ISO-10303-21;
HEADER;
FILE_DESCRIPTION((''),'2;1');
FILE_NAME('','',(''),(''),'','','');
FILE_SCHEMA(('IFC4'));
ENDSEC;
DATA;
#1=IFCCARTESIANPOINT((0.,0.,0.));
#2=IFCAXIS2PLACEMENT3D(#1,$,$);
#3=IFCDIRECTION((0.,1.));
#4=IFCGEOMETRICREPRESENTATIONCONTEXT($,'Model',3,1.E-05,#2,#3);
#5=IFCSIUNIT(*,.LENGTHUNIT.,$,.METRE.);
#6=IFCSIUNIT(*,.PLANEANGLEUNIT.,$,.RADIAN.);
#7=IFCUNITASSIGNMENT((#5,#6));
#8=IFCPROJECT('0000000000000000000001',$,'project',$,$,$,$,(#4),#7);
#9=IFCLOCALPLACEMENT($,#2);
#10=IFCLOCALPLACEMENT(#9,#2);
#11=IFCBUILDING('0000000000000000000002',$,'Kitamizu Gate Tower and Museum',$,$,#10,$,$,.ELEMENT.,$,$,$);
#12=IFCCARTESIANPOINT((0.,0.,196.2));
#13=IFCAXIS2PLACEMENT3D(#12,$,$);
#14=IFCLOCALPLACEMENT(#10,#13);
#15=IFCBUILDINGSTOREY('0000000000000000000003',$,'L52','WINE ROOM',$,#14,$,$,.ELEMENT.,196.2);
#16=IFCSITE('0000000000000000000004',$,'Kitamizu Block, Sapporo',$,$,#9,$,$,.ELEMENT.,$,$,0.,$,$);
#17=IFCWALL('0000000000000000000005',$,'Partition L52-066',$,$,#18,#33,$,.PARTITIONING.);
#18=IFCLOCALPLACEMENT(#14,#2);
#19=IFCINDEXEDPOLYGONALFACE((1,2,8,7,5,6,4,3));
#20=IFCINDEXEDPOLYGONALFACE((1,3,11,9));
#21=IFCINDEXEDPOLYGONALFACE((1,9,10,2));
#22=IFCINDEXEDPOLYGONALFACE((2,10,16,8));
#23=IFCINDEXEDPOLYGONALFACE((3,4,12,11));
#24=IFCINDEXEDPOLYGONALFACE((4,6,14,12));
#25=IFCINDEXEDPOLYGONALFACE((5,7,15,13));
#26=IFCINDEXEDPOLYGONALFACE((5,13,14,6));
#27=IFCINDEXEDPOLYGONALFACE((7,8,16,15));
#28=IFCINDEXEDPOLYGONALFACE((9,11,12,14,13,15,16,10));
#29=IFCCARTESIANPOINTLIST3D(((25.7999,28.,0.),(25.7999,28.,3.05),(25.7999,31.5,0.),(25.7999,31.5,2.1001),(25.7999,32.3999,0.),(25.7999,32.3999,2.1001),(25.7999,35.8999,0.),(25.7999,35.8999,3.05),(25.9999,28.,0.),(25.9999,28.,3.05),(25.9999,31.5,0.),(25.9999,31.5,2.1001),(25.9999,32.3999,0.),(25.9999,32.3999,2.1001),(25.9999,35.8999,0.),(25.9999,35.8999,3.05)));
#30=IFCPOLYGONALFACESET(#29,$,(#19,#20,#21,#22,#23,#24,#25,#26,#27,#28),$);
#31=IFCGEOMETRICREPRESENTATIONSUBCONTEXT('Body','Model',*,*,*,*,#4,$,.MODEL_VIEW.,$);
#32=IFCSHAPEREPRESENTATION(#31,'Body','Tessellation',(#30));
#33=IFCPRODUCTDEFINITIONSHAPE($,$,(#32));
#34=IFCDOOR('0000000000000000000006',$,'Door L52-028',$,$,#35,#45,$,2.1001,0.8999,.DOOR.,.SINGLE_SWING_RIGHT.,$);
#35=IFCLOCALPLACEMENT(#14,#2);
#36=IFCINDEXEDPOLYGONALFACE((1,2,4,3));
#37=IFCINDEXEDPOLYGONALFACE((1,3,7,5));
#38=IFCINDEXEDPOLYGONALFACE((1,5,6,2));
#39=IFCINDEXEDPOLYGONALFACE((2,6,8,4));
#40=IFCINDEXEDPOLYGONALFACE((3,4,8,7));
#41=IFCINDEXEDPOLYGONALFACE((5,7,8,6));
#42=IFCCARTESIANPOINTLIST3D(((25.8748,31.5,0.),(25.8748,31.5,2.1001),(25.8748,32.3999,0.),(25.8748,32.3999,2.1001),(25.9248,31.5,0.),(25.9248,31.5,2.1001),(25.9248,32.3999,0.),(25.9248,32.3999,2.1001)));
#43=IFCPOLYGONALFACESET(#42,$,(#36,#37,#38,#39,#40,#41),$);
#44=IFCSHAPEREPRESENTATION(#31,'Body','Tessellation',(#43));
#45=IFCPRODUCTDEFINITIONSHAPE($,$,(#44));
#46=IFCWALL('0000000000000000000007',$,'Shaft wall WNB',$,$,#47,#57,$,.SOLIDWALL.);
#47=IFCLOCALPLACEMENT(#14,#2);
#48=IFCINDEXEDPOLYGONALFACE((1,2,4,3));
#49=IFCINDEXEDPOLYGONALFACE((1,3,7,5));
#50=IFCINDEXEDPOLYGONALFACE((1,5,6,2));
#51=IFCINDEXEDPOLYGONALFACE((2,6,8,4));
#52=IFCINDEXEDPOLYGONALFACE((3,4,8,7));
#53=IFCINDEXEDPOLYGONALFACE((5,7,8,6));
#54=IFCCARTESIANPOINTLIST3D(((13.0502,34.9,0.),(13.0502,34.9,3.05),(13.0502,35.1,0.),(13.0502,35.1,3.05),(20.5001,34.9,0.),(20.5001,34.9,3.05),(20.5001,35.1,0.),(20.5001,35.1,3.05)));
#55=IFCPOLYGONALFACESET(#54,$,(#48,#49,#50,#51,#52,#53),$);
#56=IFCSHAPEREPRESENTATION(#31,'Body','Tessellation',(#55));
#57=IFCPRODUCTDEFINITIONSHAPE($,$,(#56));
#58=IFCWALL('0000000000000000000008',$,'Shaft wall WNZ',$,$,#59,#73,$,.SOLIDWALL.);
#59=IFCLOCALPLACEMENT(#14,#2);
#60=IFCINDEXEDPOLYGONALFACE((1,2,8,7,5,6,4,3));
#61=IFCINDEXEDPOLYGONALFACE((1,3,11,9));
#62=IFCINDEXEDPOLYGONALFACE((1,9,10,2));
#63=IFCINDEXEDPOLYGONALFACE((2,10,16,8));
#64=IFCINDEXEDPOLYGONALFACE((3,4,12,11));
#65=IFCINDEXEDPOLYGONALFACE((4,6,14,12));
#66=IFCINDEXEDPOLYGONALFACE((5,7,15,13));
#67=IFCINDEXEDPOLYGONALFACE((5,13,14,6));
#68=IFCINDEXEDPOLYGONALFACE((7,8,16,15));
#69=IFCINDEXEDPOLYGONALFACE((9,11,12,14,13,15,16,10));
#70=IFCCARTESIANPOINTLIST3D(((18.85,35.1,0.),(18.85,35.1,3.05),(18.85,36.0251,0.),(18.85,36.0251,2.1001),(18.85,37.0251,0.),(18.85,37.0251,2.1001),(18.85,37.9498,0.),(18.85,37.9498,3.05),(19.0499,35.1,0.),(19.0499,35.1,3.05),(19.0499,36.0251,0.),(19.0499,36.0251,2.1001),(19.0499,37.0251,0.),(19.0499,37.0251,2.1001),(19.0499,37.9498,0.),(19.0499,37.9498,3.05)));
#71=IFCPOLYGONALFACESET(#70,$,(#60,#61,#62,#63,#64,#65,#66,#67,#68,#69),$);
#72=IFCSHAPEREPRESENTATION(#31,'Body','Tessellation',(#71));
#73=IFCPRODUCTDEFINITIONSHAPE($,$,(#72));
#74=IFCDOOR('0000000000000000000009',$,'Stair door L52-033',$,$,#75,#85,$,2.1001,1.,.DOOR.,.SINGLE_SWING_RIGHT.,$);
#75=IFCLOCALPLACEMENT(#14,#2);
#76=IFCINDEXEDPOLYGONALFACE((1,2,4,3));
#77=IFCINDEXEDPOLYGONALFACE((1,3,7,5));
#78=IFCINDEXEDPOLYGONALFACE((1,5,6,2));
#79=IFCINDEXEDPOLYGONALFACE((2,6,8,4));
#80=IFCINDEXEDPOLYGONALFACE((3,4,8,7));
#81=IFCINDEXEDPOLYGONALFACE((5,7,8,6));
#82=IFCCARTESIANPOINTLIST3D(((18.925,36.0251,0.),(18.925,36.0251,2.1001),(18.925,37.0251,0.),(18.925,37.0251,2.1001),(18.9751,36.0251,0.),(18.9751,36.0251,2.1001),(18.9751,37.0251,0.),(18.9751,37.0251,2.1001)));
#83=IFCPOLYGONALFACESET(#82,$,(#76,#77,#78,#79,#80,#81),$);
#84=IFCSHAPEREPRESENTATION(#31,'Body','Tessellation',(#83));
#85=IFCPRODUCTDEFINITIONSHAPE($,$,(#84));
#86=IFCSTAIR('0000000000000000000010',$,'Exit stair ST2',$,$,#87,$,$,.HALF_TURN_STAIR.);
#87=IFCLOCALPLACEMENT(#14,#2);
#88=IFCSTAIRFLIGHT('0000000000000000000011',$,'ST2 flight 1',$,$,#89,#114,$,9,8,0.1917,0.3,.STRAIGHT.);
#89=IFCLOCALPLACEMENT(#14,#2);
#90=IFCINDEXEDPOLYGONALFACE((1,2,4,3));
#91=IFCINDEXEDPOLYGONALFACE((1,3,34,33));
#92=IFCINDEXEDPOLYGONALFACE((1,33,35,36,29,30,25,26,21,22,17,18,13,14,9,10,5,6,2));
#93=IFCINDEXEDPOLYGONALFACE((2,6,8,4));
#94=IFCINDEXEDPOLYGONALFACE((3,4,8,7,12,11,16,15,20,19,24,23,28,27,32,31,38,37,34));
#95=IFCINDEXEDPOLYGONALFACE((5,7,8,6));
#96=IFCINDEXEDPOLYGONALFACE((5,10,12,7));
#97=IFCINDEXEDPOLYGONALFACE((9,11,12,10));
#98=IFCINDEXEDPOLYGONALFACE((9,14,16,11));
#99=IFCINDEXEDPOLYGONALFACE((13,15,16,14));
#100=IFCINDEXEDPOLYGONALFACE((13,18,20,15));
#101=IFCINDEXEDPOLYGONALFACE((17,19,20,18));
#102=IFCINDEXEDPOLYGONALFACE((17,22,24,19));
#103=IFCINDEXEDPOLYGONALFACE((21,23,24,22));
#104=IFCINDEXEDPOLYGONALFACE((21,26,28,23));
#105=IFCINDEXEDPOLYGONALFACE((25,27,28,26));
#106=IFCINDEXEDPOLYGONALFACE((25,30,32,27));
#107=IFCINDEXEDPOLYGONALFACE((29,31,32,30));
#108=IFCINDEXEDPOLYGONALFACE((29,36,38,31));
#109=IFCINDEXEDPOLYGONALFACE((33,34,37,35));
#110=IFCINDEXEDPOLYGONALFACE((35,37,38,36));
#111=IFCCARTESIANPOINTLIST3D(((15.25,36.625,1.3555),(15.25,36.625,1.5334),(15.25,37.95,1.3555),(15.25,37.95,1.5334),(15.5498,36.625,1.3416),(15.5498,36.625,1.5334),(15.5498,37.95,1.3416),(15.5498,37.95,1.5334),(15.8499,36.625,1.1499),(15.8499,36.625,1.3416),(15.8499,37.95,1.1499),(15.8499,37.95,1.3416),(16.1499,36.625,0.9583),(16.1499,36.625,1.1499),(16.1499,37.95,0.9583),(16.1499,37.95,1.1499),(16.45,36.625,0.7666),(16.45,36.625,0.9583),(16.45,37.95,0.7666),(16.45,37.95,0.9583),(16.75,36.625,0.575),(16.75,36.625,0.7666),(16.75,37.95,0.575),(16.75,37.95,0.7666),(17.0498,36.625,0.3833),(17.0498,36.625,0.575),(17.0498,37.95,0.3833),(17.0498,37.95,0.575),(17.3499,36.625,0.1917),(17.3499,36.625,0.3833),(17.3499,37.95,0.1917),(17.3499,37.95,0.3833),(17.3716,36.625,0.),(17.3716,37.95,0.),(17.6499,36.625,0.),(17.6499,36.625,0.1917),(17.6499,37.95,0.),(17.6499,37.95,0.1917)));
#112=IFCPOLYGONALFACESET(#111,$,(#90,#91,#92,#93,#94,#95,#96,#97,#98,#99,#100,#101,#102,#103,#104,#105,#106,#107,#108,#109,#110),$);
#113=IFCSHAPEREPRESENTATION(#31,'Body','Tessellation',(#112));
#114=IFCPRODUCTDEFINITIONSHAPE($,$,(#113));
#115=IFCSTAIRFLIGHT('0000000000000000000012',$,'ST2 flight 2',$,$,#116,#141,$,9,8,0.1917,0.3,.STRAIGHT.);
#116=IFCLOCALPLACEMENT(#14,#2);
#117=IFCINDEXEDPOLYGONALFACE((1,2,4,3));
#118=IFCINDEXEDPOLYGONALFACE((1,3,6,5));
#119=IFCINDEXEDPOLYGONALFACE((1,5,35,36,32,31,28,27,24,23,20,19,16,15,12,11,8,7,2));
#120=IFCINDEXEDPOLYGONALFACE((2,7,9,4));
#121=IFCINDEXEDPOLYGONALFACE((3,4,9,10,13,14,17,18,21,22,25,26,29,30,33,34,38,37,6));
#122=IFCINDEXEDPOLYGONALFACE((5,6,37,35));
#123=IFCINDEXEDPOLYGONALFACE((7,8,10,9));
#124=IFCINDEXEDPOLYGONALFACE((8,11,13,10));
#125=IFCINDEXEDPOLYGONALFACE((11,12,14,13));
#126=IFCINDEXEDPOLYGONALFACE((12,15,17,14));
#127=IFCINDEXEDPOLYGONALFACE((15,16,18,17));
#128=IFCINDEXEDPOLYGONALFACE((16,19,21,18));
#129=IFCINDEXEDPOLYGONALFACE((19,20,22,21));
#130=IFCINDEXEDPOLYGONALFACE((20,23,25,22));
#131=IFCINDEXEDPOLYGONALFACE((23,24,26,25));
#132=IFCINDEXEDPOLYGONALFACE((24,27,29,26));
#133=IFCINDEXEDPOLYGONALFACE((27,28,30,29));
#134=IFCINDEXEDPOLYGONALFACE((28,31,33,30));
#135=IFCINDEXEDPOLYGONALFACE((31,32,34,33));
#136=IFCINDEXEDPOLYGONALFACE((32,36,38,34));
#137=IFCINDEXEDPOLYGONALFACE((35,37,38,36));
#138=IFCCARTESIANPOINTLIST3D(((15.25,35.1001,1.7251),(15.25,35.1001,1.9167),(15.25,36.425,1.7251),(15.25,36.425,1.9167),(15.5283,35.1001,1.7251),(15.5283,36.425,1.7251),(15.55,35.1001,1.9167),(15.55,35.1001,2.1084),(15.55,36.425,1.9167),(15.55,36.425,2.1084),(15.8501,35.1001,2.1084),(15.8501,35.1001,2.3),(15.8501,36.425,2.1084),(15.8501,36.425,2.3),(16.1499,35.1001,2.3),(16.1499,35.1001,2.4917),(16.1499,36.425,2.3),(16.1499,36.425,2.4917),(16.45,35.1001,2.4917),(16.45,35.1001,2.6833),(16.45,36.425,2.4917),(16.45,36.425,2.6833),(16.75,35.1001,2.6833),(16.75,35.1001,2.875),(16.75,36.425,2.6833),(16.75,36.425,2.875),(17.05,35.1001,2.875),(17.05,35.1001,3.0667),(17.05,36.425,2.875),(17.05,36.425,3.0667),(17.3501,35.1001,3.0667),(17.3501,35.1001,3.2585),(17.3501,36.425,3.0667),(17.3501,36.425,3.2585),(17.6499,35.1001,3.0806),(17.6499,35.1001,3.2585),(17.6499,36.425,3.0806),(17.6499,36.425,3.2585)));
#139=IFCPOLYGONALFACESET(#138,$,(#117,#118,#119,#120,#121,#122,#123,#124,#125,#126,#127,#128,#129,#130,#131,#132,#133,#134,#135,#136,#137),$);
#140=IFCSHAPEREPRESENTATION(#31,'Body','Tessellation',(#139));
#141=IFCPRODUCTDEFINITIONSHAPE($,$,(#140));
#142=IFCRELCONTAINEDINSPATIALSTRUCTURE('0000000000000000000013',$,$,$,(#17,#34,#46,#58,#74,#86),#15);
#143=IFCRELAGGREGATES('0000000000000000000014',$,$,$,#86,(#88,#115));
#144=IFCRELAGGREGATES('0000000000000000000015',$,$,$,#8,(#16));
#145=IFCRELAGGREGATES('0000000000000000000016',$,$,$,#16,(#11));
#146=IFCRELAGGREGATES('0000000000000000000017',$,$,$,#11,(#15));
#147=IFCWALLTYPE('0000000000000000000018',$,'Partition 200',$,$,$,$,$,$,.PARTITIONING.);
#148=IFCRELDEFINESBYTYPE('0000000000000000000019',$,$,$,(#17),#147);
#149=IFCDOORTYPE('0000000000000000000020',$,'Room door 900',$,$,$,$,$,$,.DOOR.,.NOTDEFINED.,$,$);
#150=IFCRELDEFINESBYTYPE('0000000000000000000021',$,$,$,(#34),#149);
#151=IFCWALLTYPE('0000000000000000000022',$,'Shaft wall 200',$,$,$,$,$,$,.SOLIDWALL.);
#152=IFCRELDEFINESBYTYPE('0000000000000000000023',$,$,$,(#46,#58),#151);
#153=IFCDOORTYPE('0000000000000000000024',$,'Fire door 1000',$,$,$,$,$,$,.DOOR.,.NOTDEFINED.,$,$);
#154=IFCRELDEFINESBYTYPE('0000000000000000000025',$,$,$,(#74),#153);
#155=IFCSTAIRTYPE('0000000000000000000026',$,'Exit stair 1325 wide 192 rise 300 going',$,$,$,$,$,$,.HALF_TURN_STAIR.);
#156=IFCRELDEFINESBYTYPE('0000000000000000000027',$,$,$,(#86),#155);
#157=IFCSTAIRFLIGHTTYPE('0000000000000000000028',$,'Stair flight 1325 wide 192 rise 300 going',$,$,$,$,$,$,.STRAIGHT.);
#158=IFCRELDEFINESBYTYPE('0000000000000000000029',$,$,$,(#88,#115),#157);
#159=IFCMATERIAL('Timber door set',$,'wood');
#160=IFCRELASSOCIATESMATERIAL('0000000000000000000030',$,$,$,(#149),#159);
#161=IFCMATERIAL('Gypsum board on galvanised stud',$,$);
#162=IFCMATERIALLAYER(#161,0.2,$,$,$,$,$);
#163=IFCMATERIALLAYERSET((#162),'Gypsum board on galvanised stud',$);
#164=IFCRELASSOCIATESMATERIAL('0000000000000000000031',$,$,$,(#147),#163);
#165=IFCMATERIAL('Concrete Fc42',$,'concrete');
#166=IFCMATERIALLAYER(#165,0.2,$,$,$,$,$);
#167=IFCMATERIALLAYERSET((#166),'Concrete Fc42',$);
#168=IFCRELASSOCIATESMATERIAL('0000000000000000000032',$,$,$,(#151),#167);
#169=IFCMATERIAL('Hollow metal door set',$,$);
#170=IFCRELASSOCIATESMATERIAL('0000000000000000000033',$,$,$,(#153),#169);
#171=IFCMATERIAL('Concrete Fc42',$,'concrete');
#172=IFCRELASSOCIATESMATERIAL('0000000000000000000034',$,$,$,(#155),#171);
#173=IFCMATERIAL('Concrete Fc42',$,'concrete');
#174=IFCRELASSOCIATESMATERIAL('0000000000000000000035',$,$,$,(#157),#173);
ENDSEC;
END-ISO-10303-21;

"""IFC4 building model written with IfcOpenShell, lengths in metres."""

from ifc_helpers import new_model, si_unit, direction, frame, frame_2d, origin, place, context, subcontext, project, spatial, polyline, rectangle, outline, extrude, material, layer, layer_set, type_object, element, fill, aggregate, save


model = new_model("IFC4")

# Units and contexts
model_context = context("Model", 3, precision=1e-05, world=origin(), true_north=direction((0.0, 1.0)))
body_context = subcontext(model_context, "Body", "Model", "MODEL_VIEW")
ifc_project = project(units=[si_unit("LENGTHUNIT", "METRE"), si_unit("PLANEANGLEUNIT", "RADIAN")], contexts=[model_context])

# Site, building, storey
site_placement = place(None, origin())
site = spatial("IfcSite", under=ifc_project, at=site_placement, Name="Kitamizu Block, Sapporo", CompositionType="ELEMENT", RefElevation=0.0)
building_placement = place(site_placement, origin())
building = spatial("IfcBuilding", under=site, at=building_placement, Name="Kitamizu Gate Tower and Museum", CompositionType="ELEMENT")
storey_placement = place(building_placement, frame((0.0, 0.0, 196.2)))
storey = spatial("IfcBuildingStorey", under=building, at=storey_placement, Name="L52", Description="WINE ROOM", CompositionType="ELEMENT", Elevation=196.2)

# Shared definitions
ifc_material_1 = material(Name="Timber door set", Category="wood")
door_type_1 = type_object("IfcDoorType", Name="Room door 900", OperationType="NOTDEFINED", PredefinedType="DOOR", material=ifc_material_1)

# Shared definitions
ifc_material_2 = material(Name="Gypsum board on galvanised stud")
ifc_layer_1 = layer(ifc_material_2, 0.2)
ifc_layer_set_1 = layer_set([ifc_layer_1], Name="Gypsum board on galvanised stud")
wall_type_1 = type_object("IfcWallType", Name="Partition 200", PredefinedType="PARTITIONING", material=ifc_layer_set_1)

# Wall, opening, door
wall_1_placement = place(storey_placement, frame((25.8999, 35.8999, 0.0), z_axis=(0.0, 0.0, 1.0), x_axis=(0.0, -1.0, 0.0)))
wall_1 = element("IfcWall", 1, at=wall_1_placement, inside=storey, type_object=wall_type_1, Name="Partition L52-066", PredefinedType="PARTITIONING", context=body_context, shape_type="SweptSolid", body=[
    extrude(rectangle(XDim=7.8999, YDim=0.2, at=frame_2d((3.95, 0.0))), origin(), (0.0, 0.0, 1.0), 3.05),
])
opening_1_placement = place(wall_1_placement, frame((3.5, 0.0, 0.0)))
opening_1 = element("IfcOpeningElement", 2, at=opening_1_placement, cuts=wall_1, PredefinedType="OPENING", context=body_context, shape_type="SweptSolid", body=[
    extrude(rectangle(XDim=0.8999, YDim=2.1001, at=frame_2d((0.45, 1.05))), frame((0.0, 0.1099, 0.0), z_axis=(0.0, -1.0, 0.0), x_axis=(1.0, 0.0, 0.0)), (0.0, 0.0, 1.0), 0.22),
])
door_1_placement = place(opening_1_placement, origin())
door_1 = element("IfcDoor", 3, at=door_1_placement, inside=storey, type_object=door_type_1, Name="Door L52-028", OperationType="SINGLE_SWING_RIGHT", OverallHeight=2.1001, OverallWidth=0.8999, PredefinedType="DOOR", context=body_context, shape_type="SweptSolid", body=[
    extrude(rectangle(XDim=0.8999, YDim=2.1001, at=frame_2d((0.45, 1.05))), frame((0.0, 0.0249, 0.0), z_axis=(0.0, -1.0, 0.0), x_axis=(1.0, 0.0, 0.0)), (0.0, 0.0, 1.0), 0.05),
])
fill(opening_1, door_1)

# Wall
ifc_material_3 = material(Name="Concrete Fc42", Category="concrete")
ifc_layer_2 = layer(ifc_material_3, 0.2)
ifc_layer_set_2 = layer_set([ifc_layer_2], Name="Concrete Fc42")
wall_type_2 = type_object("IfcWallType", Name="Shaft wall 200", PredefinedType="SOLIDWALL", material=ifc_layer_set_2)
wall_2_placement = place(storey_placement, frame((13.05, 35.0, 0.0), z_axis=(0.0, 0.0, 1.0), x_axis=(1.0, 0.0, 0.0)))
element("IfcWall", 4, at=wall_2_placement, inside=storey, type_object=wall_type_2, Name="Shaft wall WNB", PredefinedType="SOLIDWALL", context=body_context, shape_type="SweptSolid", body=[
    extrude(rectangle(XDim=7.45, YDim=0.2, at=frame_2d((3.7251, 0.0))), origin(), (0.0, 0.0, 1.0), 3.05),
])

# Wall, opening, door
wall_3_placement = place(storey_placement, frame((18.95, 35.1001, 0.0), z_axis=(0.0, 0.0, 1.0), x_axis=(0.0, 1.0, 0.0)))
wall_3 = element("IfcWall", 5, at=wall_3_placement, inside=storey, type_object=wall_type_2, Name="Shaft wall WNZ", PredefinedType="SOLIDWALL", context=body_context, shape_type="SweptSolid", body=[
    extrude(rectangle(XDim=2.8499, YDim=0.2, at=frame_2d((1.4248, 0.0))), origin(), (0.0, 0.0, 1.0), 3.05),
])
opening_2_placement = place(wall_3_placement, frame((0.925, 0.0, 0.0)))
opening_2 = element("IfcOpeningElement", 6, at=opening_2_placement, cuts=wall_3, PredefinedType="OPENING", context=body_context, shape_type="SweptSolid", body=[
    extrude(rectangle(XDim=1.0, YDim=2.1001, at=frame_2d((0.5, 1.05))), frame((0.0, 0.1099, 0.0), z_axis=(0.0, -1.0, 0.0), x_axis=(1.0, 0.0, 0.0)), (0.0, 0.0, 1.0), 0.22),
])
ifc_material_4 = material(Name="Hollow metal door set")
door_type_2 = type_object("IfcDoorType", Name="Fire door 1000", OperationType="NOTDEFINED", PredefinedType="DOOR", material=ifc_material_4)
door_2_placement = place(opening_2_placement, origin())
door_2 = element("IfcDoor", 7, at=door_2_placement, inside=storey, type_object=door_type_2, Name="Stair door L52-033", OperationType="SINGLE_SWING_RIGHT", OverallHeight=2.1001, OverallWidth=1.0, PredefinedType="DOOR", context=body_context, shape_type="SweptSolid", body=[
    extrude(rectangle(XDim=1.0, YDim=2.1001, at=frame_2d((0.5, 1.05))), frame((0.0, 0.0249, 0.0), z_axis=(0.0, -1.0, 0.0), x_axis=(1.0, 0.0, 0.0)), (0.0, 0.0, 1.0), 0.05),
])
fill(opening_2, door_2)

# Stair, stair flights
ifc_material_5 = material(Name="Concrete Fc42", Category="concrete")
stair_type = type_object("IfcStairType", Name="Exit stair 1325 wide 192 rise 300 going", PredefinedType="HALF_TURN_STAIR", material=ifc_material_5)
stair_placement = place(storey_placement, origin())
stair = element("IfcStair", 8, at=stair_placement, inside=storey, type_object=stair_type, Name="Exit stair ST2", PredefinedType="HALF_TURN_STAIR")
ifc_material_6 = material(Name="Concrete Fc42", Category="concrete")
stair_flight_type = type_object("IfcStairFlightType", Name="Stair flight 1325 wide 192 rise 300 going", PredefinedType="STRAIGHT", material=ifc_material_6)
stair_flight_1_placement = place(storey_placement, frame((17.6499, 37.2876, 0.0), z_axis=(0.0, 0.0, 1.0), x_axis=(-1.0, 0.0, 0.0)))
stair_flight_1 = element("IfcStairFlight", 9, at=stair_flight_1_placement, type_object=stair_flight_type, Name="ST2 flight 1", NumberOfRisers=9, NumberOfTreads=8, PredefinedType="STRAIGHT", RiserHeight=0.1917, TreadLength=0.3, context=body_context, shape_type="SweptSolid", body=[
    extrude(outline(polyline([(0.0, 0.0), (0.0, 0.1917), (0.3, 0.1917), (0.3, 0.3833), (0.6001, 0.3833), (0.6001, 0.575), (0.8999, 0.575), (0.8999, 0.7666), (1.2, 0.7666), (1.2, 0.9583), (1.5, 0.9583), (1.5, 1.1499), (1.8, 1.1499), (1.8, 1.3416), (2.1001, 1.3416), (2.1001, 1.5334), (2.3999, 1.5334), (2.3999, 1.7251), (2.3999, 1.3555), (0.2783, 0.0), (0.0, 0.0)])), frame((0.0, 0.6626, 0.0), z_axis=(0.0, -1.0, 0.0), x_axis=(1.0, 0.0, 0.0)), (0.0, 0.0, 1.0), 1.325),
])
stair_flight_2_placement = place(storey_placement, frame((15.25, 35.7625, 1.7251), z_axis=(0.0, 0.0, 1.0), x_axis=(1.0, 0.0, 0.0)))
stair_flight_2 = element("IfcStairFlight", 10, at=stair_flight_2_placement, type_object=stair_flight_type, Name="ST2 flight 2", NumberOfRisers=9, NumberOfTreads=8, PredefinedType="STRAIGHT", RiserHeight=0.1917, TreadLength=0.3, context=body_context, shape_type="SweptSolid", body=[
    extrude(outline(polyline([(0.0, 0.0), (0.0, 0.1917), (0.3, 0.1917), (0.3, 0.3833), (0.6001, 0.3833), (0.6001, 0.575), (0.8999, 0.575), (0.8999, 0.7666), (1.2, 0.7666), (1.2, 0.9583), (1.5, 0.9583), (1.5, 1.1499), (1.8, 1.1499), (1.8, 1.3416), (2.1001, 1.3416), (2.1001, 1.5334), (2.3999, 1.5334), (2.3999, 1.7251), (2.3999, 1.3555), (0.2783, 0.0), (0.0, 0.0)])), frame((0.0, 0.6626, 0.0), z_axis=(0.0, -1.0, 0.0), x_axis=(1.0, 0.0, 0.0)), (0.0, 0.0, 1.0), 1.325),
])
aggregate(stair, [stair_flight_1, stair_flight_2])

save(model, "model.ifc")
